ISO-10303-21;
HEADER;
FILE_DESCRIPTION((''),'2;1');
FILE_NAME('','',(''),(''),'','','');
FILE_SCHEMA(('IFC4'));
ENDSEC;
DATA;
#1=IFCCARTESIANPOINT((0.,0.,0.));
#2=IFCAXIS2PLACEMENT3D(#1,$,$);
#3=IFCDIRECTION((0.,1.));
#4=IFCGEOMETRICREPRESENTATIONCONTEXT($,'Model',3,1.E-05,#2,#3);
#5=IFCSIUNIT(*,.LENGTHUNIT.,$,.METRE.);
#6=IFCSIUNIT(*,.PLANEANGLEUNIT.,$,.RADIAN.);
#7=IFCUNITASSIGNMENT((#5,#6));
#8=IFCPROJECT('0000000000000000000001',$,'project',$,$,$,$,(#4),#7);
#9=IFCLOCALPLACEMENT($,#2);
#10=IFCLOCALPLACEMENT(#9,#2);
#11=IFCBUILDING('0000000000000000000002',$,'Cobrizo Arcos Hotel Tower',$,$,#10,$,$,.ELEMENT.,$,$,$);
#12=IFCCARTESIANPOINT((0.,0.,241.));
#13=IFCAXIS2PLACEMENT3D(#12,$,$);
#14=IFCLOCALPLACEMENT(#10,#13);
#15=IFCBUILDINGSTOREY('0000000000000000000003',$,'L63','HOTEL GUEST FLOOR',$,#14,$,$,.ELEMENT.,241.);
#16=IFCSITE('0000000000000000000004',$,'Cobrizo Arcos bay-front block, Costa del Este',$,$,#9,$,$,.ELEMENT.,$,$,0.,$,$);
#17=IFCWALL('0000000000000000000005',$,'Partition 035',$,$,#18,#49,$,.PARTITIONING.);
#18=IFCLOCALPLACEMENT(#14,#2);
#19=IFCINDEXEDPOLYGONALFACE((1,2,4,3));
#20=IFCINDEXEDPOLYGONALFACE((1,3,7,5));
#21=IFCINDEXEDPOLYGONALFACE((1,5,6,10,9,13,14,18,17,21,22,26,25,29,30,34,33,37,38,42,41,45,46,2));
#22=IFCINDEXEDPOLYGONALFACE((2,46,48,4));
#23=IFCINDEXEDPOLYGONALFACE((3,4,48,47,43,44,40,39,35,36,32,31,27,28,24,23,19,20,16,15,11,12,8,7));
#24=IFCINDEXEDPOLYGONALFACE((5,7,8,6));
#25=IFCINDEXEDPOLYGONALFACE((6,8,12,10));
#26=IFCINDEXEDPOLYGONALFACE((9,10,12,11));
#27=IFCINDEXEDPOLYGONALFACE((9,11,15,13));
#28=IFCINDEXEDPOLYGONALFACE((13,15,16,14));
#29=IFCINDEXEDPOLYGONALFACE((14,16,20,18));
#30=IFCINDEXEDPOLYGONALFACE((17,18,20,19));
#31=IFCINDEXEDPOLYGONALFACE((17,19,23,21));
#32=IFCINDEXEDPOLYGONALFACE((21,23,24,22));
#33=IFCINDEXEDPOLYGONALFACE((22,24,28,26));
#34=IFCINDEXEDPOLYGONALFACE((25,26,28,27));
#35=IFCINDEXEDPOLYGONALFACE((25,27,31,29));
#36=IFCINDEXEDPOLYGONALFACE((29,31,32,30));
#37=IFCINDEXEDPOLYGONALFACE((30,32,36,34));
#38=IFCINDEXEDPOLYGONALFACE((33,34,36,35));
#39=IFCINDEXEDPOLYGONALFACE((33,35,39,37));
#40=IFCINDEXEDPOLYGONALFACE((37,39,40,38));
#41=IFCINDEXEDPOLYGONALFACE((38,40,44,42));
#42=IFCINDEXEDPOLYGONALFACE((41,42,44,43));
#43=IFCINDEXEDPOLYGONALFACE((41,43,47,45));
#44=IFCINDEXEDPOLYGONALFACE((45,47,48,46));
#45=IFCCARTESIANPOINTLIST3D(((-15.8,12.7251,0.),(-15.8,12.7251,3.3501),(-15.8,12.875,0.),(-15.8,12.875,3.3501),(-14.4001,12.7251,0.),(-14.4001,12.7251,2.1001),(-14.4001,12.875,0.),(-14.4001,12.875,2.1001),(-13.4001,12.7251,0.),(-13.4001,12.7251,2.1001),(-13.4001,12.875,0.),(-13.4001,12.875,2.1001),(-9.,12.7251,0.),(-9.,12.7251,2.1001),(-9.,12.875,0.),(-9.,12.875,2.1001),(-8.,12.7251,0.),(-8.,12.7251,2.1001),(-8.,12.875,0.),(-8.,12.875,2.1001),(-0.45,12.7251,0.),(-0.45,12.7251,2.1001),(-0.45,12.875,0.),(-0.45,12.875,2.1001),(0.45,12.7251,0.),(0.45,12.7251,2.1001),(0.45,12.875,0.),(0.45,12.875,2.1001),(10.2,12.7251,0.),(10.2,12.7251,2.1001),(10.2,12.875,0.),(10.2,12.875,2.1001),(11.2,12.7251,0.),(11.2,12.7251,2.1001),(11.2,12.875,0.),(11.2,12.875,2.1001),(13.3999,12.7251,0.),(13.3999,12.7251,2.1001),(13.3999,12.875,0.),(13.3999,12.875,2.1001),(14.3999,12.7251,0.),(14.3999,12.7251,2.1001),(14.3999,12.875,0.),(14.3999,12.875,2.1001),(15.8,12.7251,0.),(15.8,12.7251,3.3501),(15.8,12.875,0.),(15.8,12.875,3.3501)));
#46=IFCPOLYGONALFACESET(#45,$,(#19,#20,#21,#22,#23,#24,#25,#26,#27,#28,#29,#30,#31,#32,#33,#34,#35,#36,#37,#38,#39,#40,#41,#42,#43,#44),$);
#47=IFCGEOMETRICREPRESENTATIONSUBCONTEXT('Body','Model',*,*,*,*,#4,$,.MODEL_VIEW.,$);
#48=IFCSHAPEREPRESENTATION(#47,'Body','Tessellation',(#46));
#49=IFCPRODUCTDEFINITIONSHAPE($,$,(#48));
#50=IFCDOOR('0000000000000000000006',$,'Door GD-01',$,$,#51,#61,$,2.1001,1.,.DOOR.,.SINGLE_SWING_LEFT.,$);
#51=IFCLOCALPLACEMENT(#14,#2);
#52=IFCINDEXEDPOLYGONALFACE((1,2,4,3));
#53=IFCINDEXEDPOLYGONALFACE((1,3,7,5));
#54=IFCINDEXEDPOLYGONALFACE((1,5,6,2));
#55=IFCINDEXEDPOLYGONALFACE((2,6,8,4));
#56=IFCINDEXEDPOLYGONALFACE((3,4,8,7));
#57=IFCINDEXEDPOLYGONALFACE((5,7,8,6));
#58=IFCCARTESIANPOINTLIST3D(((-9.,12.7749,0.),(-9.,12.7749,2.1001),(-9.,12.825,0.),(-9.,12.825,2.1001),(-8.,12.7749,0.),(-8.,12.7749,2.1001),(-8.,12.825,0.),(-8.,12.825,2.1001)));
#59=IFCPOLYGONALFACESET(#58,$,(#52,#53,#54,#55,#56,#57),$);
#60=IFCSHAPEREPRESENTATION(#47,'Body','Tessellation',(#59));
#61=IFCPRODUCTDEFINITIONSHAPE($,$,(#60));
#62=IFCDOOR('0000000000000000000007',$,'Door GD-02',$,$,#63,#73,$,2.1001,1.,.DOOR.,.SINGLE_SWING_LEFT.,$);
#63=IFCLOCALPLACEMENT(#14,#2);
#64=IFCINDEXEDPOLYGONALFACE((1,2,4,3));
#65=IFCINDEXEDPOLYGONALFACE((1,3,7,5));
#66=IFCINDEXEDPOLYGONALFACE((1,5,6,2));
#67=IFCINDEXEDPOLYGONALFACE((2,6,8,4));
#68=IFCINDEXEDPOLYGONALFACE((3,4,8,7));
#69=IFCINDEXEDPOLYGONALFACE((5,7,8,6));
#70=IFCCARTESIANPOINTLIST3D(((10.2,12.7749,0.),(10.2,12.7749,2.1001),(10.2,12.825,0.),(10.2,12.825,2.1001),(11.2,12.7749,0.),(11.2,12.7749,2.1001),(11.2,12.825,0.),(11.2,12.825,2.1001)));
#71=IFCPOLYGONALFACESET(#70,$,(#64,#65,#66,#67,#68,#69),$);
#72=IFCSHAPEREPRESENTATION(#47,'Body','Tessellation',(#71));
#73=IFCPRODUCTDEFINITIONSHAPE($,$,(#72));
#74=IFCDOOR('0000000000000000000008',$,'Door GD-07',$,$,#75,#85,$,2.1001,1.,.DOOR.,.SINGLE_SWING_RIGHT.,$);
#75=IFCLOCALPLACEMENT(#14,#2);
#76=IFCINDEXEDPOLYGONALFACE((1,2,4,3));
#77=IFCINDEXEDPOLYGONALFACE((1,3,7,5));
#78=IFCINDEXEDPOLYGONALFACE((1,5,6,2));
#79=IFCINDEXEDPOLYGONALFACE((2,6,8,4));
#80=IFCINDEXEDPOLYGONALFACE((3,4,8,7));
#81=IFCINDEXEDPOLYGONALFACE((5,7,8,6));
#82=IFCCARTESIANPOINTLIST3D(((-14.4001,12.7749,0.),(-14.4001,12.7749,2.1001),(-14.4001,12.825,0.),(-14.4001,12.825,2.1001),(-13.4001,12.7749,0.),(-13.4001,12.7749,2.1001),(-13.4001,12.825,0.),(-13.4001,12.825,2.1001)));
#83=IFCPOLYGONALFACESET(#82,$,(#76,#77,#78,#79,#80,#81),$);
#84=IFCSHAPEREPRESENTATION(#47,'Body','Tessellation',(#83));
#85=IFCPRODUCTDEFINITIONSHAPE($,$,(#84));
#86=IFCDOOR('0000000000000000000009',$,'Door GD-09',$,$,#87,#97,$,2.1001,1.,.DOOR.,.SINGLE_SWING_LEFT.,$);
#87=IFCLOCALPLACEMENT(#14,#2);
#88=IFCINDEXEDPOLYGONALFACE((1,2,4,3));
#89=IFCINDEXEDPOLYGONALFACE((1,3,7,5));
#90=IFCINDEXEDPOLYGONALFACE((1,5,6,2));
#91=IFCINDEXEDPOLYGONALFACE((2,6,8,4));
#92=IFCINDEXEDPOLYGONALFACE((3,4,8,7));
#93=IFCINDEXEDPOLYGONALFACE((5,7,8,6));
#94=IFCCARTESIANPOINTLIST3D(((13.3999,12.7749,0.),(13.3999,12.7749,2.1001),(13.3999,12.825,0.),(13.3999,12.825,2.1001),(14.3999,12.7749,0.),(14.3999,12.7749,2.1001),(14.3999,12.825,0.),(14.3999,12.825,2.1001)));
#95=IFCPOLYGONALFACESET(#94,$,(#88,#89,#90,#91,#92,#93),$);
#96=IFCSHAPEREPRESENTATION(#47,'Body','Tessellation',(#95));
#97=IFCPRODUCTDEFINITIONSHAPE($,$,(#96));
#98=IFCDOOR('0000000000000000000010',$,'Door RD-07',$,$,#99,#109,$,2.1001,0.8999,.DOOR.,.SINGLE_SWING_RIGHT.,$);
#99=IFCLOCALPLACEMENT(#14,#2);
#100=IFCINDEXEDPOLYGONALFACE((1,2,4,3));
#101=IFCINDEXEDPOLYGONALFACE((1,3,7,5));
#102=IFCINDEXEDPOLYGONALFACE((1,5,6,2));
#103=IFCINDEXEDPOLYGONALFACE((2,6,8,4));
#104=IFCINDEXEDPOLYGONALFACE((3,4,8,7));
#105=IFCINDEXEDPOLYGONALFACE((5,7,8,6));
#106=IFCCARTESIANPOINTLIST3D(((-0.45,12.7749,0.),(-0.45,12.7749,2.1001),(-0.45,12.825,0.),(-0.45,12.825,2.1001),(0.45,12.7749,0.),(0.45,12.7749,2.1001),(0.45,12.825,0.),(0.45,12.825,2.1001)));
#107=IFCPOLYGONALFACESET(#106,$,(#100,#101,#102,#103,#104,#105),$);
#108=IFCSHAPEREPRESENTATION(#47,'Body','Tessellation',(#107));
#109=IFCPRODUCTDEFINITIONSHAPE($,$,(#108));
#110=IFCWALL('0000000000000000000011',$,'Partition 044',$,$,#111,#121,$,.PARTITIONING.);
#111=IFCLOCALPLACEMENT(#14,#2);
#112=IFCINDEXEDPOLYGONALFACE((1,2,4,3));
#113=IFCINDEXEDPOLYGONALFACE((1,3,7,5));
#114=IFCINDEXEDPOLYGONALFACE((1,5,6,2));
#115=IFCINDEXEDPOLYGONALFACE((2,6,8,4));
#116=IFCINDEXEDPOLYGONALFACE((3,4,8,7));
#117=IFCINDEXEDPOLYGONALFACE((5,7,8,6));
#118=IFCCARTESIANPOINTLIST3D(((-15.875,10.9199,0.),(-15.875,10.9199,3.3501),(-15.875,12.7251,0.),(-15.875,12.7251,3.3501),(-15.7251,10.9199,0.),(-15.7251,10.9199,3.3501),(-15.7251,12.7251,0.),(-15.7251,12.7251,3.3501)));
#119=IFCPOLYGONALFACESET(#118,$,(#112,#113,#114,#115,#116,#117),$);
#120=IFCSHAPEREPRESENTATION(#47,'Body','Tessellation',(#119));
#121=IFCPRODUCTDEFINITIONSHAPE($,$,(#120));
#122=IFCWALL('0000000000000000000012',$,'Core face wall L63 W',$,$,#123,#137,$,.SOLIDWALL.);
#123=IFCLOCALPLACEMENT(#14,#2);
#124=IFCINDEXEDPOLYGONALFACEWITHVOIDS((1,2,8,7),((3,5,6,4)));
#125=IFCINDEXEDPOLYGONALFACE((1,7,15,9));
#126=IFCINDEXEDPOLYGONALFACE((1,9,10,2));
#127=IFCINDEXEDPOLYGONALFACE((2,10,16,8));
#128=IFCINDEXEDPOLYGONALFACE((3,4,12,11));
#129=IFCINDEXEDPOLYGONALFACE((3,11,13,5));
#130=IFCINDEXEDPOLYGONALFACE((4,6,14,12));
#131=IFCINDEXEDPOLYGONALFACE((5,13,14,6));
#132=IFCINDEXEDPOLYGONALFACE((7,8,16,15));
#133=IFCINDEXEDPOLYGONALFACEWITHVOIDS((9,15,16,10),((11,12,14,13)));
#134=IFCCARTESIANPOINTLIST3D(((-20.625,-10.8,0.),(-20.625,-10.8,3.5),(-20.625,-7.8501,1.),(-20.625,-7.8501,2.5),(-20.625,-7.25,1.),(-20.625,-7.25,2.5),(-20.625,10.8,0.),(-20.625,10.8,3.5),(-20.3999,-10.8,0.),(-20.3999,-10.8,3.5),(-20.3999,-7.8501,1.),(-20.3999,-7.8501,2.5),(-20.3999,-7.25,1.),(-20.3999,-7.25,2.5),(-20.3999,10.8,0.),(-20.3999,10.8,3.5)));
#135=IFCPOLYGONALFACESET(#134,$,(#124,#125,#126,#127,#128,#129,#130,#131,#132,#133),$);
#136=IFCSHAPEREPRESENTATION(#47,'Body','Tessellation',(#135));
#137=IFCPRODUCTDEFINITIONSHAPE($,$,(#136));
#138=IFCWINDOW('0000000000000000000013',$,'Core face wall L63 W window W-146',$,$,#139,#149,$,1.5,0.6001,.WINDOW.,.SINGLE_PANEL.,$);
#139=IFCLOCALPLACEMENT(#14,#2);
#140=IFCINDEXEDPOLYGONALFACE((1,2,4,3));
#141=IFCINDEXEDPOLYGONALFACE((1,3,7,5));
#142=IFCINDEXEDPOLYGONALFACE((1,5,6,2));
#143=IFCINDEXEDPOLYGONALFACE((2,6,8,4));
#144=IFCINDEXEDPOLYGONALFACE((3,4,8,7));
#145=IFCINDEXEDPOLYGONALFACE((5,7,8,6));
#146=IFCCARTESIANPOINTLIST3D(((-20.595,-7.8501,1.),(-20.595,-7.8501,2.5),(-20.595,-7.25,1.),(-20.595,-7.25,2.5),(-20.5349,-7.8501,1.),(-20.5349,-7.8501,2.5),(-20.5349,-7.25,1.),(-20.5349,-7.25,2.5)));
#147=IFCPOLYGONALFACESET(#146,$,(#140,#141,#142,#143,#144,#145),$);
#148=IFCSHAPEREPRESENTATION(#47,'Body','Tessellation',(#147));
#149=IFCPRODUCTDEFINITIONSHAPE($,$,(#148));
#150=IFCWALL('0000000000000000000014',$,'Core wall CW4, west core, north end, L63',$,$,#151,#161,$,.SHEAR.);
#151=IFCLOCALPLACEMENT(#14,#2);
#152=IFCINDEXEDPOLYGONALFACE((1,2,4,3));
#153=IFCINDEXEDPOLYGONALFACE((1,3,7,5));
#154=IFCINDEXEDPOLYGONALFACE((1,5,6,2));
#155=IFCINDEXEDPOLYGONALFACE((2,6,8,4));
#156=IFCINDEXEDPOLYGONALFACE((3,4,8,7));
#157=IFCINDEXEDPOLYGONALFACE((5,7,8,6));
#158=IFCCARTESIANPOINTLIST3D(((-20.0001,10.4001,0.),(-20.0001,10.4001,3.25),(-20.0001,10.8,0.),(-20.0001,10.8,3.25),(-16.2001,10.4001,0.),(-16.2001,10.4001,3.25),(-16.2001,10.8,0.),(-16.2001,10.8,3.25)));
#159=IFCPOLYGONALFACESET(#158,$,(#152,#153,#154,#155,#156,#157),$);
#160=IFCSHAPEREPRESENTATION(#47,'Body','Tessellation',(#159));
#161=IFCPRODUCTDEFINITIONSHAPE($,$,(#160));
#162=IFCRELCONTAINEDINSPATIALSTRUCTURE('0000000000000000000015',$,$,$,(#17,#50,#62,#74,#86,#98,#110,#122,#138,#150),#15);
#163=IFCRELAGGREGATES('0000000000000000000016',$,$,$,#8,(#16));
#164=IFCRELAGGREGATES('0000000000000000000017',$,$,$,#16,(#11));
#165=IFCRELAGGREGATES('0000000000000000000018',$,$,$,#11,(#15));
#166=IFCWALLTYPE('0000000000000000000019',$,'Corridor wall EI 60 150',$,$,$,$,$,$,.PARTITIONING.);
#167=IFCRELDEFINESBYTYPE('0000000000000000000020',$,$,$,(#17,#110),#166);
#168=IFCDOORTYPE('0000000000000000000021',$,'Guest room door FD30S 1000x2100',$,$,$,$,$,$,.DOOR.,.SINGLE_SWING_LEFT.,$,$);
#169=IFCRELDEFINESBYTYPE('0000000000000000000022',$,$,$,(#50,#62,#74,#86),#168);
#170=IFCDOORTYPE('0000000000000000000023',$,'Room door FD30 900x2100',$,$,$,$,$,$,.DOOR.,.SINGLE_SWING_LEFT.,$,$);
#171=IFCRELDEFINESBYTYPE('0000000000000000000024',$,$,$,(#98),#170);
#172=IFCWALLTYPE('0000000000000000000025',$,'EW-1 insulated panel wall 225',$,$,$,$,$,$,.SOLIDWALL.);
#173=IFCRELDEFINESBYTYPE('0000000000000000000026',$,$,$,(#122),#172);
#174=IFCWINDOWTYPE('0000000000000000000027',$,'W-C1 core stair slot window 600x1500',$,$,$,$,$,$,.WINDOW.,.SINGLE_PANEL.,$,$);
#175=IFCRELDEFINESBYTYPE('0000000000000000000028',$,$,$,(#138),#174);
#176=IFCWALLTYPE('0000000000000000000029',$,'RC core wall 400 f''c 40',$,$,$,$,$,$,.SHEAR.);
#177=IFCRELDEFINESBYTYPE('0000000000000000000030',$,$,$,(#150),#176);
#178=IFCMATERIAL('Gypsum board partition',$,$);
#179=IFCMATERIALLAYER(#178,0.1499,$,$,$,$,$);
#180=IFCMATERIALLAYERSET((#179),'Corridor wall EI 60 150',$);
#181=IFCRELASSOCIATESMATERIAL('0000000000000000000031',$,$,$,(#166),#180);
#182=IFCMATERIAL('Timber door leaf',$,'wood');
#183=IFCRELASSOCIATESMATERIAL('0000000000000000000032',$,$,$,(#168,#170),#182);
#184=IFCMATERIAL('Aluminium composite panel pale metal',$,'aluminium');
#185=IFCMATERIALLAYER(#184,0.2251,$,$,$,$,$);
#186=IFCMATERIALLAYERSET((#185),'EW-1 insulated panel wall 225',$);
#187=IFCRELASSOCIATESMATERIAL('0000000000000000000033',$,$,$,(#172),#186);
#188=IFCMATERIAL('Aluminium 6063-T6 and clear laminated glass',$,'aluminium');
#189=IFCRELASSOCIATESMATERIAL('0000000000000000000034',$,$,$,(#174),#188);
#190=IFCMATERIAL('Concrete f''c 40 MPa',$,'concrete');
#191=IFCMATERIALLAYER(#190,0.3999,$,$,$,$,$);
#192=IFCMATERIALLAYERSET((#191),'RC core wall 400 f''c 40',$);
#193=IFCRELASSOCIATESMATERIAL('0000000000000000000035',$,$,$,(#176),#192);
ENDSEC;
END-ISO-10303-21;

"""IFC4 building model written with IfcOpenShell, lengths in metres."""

from ifc_helpers import new_model, si_unit, direction, frame, frame_2d, origin, place, context, subcontext, project, spatial, rectangle, extrude, material, layer, layer_set, type_object, element, fill, save


model = new_model("IFC4")

# Units and contexts
model_context = context("Model", 3, precision=1e-05, world=origin(), true_north=direction((0.0, 1.0)))
body_context = subcontext(model_context, "Body", "Model", "MODEL_VIEW")
ifc_project = project(units=[si_unit("LENGTHUNIT", "METRE"), si_unit("PLANEANGLEUNIT", "RADIAN")], contexts=[model_context])

# Site, building, storey
site_placement = place(None, origin())
site = spatial("IfcSite", under=ifc_project, at=site_placement, Name="Cobrizo Arcos bay-front block, Costa del Este", CompositionType="ELEMENT", RefElevation=0.0)
building_placement = place(site_placement, origin())
building = spatial("IfcBuilding", under=site, at=building_placement, Name="Cobrizo Arcos Hotel Tower", CompositionType="ELEMENT")
storey_placement = place(building_placement, frame((0.0, 0.0, 241.0)))
storey = spatial("IfcBuildingStorey", under=building, at=storey_placement, Name="L63", Description="HOTEL GUEST FLOOR", CompositionType="ELEMENT", Elevation=241.0)

# Shared definitions
ifc_material_1 = material(Name="Aluminium composite panel pale metal", Category="aluminium")

# Wall, openings, doors
ifc_material_2 = material(Name="Gypsum board partition")
ifc_layer_1 = layer(ifc_material_2, 0.1499)
ifc_layer_set_1 = layer_set([ifc_layer_1], Name="Corridor wall EI 60 150")
wall_type_1 = type_object("IfcWallType", Name="Corridor wall EI 60 150", PredefinedType="PARTITIONING", material=ifc_layer_set_1)
wall_1_placement = place(storey_placement, frame((-15.8, 12.8, 0.0), z_axis=(0.0, 0.0, 1.0), x_axis=(1.0, 0.0, 0.0)))
wall_1 = element("IfcWall", 1, at=wall_1_placement, inside=storey, type_object=wall_type_1, Name="Partition 035", PredefinedType="PARTITIONING", context=body_context, shape_type="SweptSolid", body=[
    extrude(rectangle(XDim=31.6001, YDim=0.1499, at=frame_2d((15.8, 0.0))), origin(), (0.0, 0.0, 1.0), 3.3501),
])
opening_1_placement = place(wall_1_placement, frame((6.8, 0.0, 0.0)))
opening_1 = element("IfcOpeningElement", 2, at=opening_1_placement, cuts=wall_1, PredefinedType="OPENING", context=body_context, shape_type="SweptSolid", body=[
    extrude(rectangle(XDim=1.0, YDim=2.1001, at=frame_2d((0.5, 1.05))), frame((0.0, 0.0869, 0.0), z_axis=(0.0, -1.0, 0.0), x_axis=(1.0, 0.0, 0.0)), (0.0, 0.0, 1.0), 0.1738),
])
opening_2_placement = place(wall_1_placement, frame((15.3501, 0.0, 0.0)))
opening_2 = element("IfcOpeningElement", 3, at=opening_2_placement, cuts=wall_1, PredefinedType="OPENING", context=body_context, shape_type="SweptSolid", body=[
    extrude(rectangle(XDim=0.8999, YDim=2.1001, at=frame_2d((0.45, 1.05))), frame((0.0, 0.0869, 0.0), z_axis=(0.0, -1.0, 0.0), x_axis=(1.0, 0.0, 0.0)), (0.0, 0.0, 1.0), 0.1738),
])
opening_3_placement = place(wall_1_placement, frame((26.0, 0.0, 0.0)))
opening_3 = element("IfcOpeningElement", 4, at=opening_3_placement, cuts=wall_1, PredefinedType="OPENING", context=body_context, shape_type="SweptSolid", body=[
    extrude(rectangle(XDim=1.0, YDim=2.1001, at=frame_2d((0.5, 1.05))), frame((0.0, 0.0869, 0.0), z_axis=(0.0, -1.0, 0.0), x_axis=(1.0, 0.0, 0.0)), (0.0, 0.0, 1.0), 0.1738),
])
opening_4_placement = place(wall_1_placement, frame((1.3999, 0.0, 0.0)))
opening_4 = element("IfcOpeningElement", 5, at=opening_4_placement, cuts=wall_1, PredefinedType="OPENING", context=body_context, shape_type="SweptSolid", body=[
    extrude(rectangle(XDim=1.0, YDim=2.1001, at=frame_2d((0.5, 1.05))), frame((0.0, 0.0869, 0.0), z_axis=(0.0, -1.0, 0.0), x_axis=(1.0, 0.0, 0.0)), (0.0, 0.0, 1.0), 0.1738),
])
opening_5_placement = place(wall_1_placement, frame((29.2, 0.0, 0.0)))
opening_5 = element("IfcOpeningElement", 6, at=opening_5_placement, cuts=wall_1, PredefinedType="OPENING", context=body_context, shape_type="SweptSolid", body=[
    extrude(rectangle(XDim=1.0, YDim=2.1001, at=frame_2d((0.5, 1.05))), frame((0.0, 0.0869, 0.0), z_axis=(0.0, -1.0, 0.0), x_axis=(1.0, 0.0, 0.0)), (0.0, 0.0, 1.0), 0.1738),
])
ifc_material_3 = material(Name="Timber door leaf", Category="wood")
door_type_1 = type_object("IfcDoorType", Name="Guest room door FD30S 1000x2100", OperationType="SINGLE_SWING_LEFT", PredefinedType="DOOR", material=ifc_material_3)
door_1_placement = place(opening_1_placement, origin())
door_1 = element("IfcDoor", 7, at=door_1_placement, inside=storey, type_object=door_type_1, Name="Door GD-01", OperationType="SINGLE_SWING_LEFT", OverallHeight=2.1001, OverallWidth=1.0, PredefinedType="DOOR", context=body_context, shape_type="SweptSolid", body=[
    extrude(rectangle(XDim=1.0, YDim=2.1001, at=frame_2d((0.5, 1.05))), frame((0.0, 0.0249, 0.0), z_axis=(0.0, -1.0, 0.0), x_axis=(1.0, 0.0, 0.0)), (0.0, 0.0, 1.0), 0.05),
])
fill(opening_1, door_1)
door_2_placement = place(opening_3_placement, origin())
door_2 = element("IfcDoor", 8, at=door_2_placement, inside=storey, type_object=door_type_1, Name="Door GD-02", OperationType="SINGLE_SWING_LEFT", OverallHeight=2.1001, OverallWidth=1.0, PredefinedType="DOOR", context=body_context, shape_type="SweptSolid", body=[
    extrude(rectangle(XDim=1.0, YDim=2.1001, at=frame_2d((0.5, 1.05))), frame((0.0, 0.0249, 0.0), z_axis=(0.0, -1.0, 0.0), x_axis=(1.0, 0.0, 0.0)), (0.0, 0.0, 1.0), 0.05),
])
fill(opening_3, door_2)
door_3_placement = place(opening_4_placement, origin())
door_3 = element("IfcDoor", 9, at=door_3_placement, inside=storey, type_object=door_type_1, Name="Door GD-07", OperationType="SINGLE_SWING_RIGHT", OverallHeight=2.1001, OverallWidth=1.0, PredefinedType="DOOR", context=body_context, shape_type="SweptSolid", body=[
    extrude(rectangle(XDim=1.0, YDim=2.1001, at=frame_2d((0.5, 1.05))), frame((0.0, 0.0249, 0.0), z_axis=(0.0, -1.0, 0.0), x_axis=(1.0, 0.0, 0.0)), (0.0, 0.0, 1.0), 0.05),
])
fill(opening_4, door_3)
door_4_placement = place(opening_5_placement, origin())
door_4 = element("IfcDoor", 10, at=door_4_placement, inside=storey, type_object=door_type_1, Name="Door GD-09", OperationType="SINGLE_SWING_LEFT", OverallHeight=2.1001, OverallWidth=1.0, PredefinedType="DOOR", context=body_context, shape_type="SweptSolid", body=[
    extrude(rectangle(XDim=1.0, YDim=2.1001, at=frame_2d((0.5, 1.05))), frame((0.0, 0.0249, 0.0), z_axis=(0.0, -1.0, 0.0), x_axis=(1.0, 0.0, 0.0)), (0.0, 0.0, 1.0), 0.05),
])
fill(opening_5, door_4)
door_type_2 = type_object("IfcDoorType", Name="Room door FD30 900x2100", OperationType="SINGLE_SWING_LEFT", PredefinedType="DOOR", material=ifc_material_3)
door_5_placement = place(opening_2_placement, origin())
door_5 = element("IfcDoor", 11, at=door_5_placement, inside=storey, type_object=door_type_2, Name="Door RD-07", OperationType="SINGLE_SWING_RIGHT", OverallHeight=2.1001, OverallWidth=0.8999, PredefinedType="DOOR", context=body_context, shape_type="SweptSolid", body=[
    extrude(rectangle(XDim=0.8999, YDim=2.1001, at=frame_2d((0.45, 1.05))), frame((0.0, 0.0249, 0.0), z_axis=(0.0, -1.0, 0.0), x_axis=(1.0, 0.0, 0.0)), (0.0, 0.0, 1.0), 0.05),
])
fill(opening_2, door_5)

# Wall
wall_2_placement = place(storey_placement, frame((-15.8, 10.9199, 0.0), z_axis=(0.0, 0.0, 1.0), x_axis=(0.0, 1.0, 0.0)))
element("IfcWall", 12, at=wall_2_placement, inside=storey, type_object=wall_type_1, Name="Partition 044", PredefinedType="PARTITIONING", context=body_context, shape_type="SweptSolid", body=[
    extrude(rectangle(XDim=1.8052, YDim=0.1499, at=frame_2d((0.9026, 0.0))), origin(), (0.0, 0.0, 1.0), 3.3501),
])

# Wall, opening, window
ifc_layer_2 = layer(ifc_material_1, 0.2251)
ifc_layer_set_2 = layer_set([ifc_layer_2], Name="EW-1 insulated panel wall 225")
wall_type_2 = type_object("IfcWallType", Name="EW-1 insulated panel wall 225", PredefinedType="SOLIDWALL", material=ifc_layer_set_2)
wall_3_placement = place(storey_placement, frame((-20.5125, 10.8, 0.0), z_axis=(0.0, 0.0, 1.0), x_axis=(0.0, -1.0, 0.0)))
wall_3 = element("IfcWall", 13, at=wall_3_placement, inside=storey, type_object=wall_type_2, Name="Core face wall L63 W", PredefinedType="SOLIDWALL", context=body_context, shape_type="SweptSolid", body=[
    extrude(rectangle(XDim=21.6001, YDim=0.2251, at=frame_2d((10.8, 0.0))), origin(), (0.0, 0.0, 1.0), 3.5),
])
opening_6_placement = place(wall_3_placement, frame((18.05, 0.0, 1.0)))
opening_6 = element("IfcOpeningElement", 14, at=opening_6_placement, cuts=wall_3, PredefinedType="OPENING", context=body_context, shape_type="SweptSolid", body=[
    extrude(rectangle(XDim=0.6001, YDim=1.5, at=frame_2d((0.3, 0.75))), frame((0.0, 0.1245, 0.0), z_axis=(0.0, -1.0, 0.0), x_axis=(1.0, 0.0, 0.0)), (0.0, 0.0, 1.0), 0.249),
])
ifc_material_4 = material(Name="Aluminium 6063-T6 and clear laminated glass", Category="aluminium")
window_type = type_object("IfcWindowType", Name="W-C1 core stair slot window 600x1500", PartitioningType="SINGLE_PANEL", PredefinedType="WINDOW", material=ifc_material_4)
window_placement = place(opening_6_placement, origin())
window = element("IfcWindow", 15, at=window_placement, inside=storey, type_object=window_type, Name="Core face wall L63 W window W-146", OverallHeight=1.5, OverallWidth=0.6001, PartitioningType="SINGLE_PANEL", PredefinedType="WINDOW", context=body_context, shape_type="SweptSolid", body=[
    extrude(rectangle(XDim=0.6001, YDim=1.5, at=frame_2d((0.3, 0.75))), frame((0.0, -0.0225, 0.0), z_axis=(0.0, -1.0, 0.0), x_axis=(1.0, 0.0, 0.0)), (0.0, 0.0, 1.0), 0.0601),
])
fill(opening_6, window)

# Wall
ifc_material_5 = material(Name="Concrete f'c 40 MPa", Category="concrete")
ifc_layer_3 = layer(ifc_material_5, 0.3999)
ifc_layer_set_3 = layer_set([ifc_layer_3], Name="RC core wall 400 f'c 40")
wall_type_3 = type_object("IfcWallType", Name="RC core wall 400 f'c 40", PredefinedType="SHEAR", material=ifc_layer_set_3)
wall_4_placement = place(storey_placement, frame((-20.0, 10.6001, 0.0), z_axis=(0.0, 0.0, 1.0), x_axis=(1.0, 0.0, 0.0)))
element("IfcWall", 16, at=wall_4_placement, inside=storey, type_object=wall_type_3, Name="Core wall CW4, west core, north end, L63", PredefinedType="SHEAR", context=body_context, shape_type="SweptSolid", body=[
    extrude(rectangle(XDim=3.8, YDim=0.3999, at=frame_2d((1.8999, 0.0))), origin(), (0.0, 0.0, 1.0), 3.25),
])

save(model, "model.ifc")
